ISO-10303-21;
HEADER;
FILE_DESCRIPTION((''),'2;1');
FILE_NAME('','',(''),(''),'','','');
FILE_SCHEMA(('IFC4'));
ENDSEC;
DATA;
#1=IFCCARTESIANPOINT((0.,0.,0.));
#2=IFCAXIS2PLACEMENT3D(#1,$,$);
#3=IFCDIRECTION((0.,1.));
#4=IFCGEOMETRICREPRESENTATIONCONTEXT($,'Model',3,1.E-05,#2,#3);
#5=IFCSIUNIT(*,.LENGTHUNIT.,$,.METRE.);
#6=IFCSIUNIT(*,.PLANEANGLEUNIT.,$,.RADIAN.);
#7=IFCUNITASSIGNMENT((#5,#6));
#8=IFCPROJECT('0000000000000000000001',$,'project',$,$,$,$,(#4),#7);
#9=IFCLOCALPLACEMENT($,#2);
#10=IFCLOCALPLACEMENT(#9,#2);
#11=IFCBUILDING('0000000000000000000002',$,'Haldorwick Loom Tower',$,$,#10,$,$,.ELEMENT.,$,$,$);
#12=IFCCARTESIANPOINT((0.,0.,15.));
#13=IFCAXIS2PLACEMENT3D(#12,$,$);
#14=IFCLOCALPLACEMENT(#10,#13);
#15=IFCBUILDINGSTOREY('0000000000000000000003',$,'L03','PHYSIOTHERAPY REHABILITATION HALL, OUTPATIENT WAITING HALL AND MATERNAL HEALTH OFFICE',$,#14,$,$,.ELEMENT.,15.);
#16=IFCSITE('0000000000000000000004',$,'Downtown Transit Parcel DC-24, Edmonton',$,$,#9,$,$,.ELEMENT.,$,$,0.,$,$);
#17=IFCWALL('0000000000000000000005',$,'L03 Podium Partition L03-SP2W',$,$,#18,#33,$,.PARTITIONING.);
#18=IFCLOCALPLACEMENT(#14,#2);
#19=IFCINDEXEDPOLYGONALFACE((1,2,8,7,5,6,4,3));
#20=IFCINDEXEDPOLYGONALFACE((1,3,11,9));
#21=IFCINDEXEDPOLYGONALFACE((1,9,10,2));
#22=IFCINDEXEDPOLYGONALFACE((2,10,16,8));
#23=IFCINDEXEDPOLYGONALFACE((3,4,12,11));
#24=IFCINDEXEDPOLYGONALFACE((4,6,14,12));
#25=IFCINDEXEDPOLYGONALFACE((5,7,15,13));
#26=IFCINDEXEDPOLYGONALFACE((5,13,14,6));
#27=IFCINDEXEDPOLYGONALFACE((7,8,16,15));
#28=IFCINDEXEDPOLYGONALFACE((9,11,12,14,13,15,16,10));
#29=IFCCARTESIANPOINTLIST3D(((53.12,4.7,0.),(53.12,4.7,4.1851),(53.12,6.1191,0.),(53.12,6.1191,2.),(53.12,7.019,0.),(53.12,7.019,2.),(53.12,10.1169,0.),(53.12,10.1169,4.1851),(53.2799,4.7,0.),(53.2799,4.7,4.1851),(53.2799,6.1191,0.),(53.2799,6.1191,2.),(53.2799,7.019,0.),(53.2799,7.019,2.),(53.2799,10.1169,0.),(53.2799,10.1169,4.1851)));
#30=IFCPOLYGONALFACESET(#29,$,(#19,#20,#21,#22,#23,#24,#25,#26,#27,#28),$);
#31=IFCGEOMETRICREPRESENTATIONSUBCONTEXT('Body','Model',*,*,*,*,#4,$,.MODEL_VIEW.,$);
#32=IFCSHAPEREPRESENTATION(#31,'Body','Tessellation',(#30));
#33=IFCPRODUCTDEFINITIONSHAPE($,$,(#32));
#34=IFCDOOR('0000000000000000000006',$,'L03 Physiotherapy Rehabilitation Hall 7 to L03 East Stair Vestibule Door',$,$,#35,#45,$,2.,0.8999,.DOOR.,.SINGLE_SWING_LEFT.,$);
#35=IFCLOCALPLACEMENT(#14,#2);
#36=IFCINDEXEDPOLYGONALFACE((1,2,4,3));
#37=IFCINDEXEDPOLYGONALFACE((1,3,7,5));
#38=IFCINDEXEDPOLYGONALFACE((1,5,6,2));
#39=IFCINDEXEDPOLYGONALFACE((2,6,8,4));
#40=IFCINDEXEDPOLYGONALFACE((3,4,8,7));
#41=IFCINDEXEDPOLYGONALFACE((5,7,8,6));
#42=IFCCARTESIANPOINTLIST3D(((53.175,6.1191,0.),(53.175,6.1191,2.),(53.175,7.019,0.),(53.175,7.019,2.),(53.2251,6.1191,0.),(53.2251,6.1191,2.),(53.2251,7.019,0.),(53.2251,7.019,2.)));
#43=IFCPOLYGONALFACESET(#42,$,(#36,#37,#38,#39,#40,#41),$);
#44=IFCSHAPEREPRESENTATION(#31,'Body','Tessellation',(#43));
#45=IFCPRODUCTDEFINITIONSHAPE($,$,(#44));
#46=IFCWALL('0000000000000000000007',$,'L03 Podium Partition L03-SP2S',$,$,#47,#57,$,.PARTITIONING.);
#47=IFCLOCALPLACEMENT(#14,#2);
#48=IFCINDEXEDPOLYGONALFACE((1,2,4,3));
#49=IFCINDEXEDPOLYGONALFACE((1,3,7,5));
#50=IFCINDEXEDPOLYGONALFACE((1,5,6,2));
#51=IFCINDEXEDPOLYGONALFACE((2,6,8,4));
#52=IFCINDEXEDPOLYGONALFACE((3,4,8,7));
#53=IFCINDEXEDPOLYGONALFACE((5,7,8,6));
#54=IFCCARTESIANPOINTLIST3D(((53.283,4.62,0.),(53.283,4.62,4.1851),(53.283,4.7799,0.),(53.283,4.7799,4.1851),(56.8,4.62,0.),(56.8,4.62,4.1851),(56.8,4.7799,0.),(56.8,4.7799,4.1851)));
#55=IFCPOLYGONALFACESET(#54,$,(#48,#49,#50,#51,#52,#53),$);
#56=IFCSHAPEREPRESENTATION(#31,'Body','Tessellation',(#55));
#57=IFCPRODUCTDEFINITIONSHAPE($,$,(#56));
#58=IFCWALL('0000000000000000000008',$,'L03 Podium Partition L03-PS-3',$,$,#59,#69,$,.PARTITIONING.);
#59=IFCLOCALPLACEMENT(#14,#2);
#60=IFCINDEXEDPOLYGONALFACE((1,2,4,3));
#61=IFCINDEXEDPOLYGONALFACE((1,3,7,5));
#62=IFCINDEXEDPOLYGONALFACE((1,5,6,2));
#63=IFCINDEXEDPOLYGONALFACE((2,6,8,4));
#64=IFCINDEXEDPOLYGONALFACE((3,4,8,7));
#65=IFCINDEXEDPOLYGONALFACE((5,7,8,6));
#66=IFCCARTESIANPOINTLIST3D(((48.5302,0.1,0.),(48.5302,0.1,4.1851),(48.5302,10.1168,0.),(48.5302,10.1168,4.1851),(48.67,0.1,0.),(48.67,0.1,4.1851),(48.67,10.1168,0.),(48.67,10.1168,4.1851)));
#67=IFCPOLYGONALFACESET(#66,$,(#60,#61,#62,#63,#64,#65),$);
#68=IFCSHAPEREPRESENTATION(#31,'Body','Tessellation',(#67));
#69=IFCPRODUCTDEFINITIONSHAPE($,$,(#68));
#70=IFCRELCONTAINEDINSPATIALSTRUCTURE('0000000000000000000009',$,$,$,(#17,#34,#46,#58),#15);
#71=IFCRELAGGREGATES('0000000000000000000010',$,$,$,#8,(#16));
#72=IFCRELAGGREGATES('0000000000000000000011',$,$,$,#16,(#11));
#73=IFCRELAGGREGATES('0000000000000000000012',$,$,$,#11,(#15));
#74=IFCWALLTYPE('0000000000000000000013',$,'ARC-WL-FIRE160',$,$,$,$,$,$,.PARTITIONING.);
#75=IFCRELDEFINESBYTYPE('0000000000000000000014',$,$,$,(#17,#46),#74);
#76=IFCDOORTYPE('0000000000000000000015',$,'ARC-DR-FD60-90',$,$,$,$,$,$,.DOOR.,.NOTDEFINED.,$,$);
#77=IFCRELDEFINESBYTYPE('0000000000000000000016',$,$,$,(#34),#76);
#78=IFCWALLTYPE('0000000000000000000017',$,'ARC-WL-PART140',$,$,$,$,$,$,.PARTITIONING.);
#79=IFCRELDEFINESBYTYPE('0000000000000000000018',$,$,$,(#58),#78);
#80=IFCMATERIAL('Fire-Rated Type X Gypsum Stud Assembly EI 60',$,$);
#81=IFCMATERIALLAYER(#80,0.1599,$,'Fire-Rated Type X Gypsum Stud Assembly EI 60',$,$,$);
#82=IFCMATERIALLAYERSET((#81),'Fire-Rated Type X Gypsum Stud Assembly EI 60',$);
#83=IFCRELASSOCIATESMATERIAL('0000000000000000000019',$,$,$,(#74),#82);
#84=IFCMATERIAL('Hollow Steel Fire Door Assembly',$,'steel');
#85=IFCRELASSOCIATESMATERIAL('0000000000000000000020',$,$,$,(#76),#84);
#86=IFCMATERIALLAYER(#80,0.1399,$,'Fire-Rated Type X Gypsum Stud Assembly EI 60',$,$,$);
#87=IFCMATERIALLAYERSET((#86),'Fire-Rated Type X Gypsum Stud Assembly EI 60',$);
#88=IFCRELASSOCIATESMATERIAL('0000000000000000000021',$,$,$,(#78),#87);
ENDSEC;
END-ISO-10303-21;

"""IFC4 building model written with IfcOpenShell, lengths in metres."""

from ifc_helpers import new_model, si_unit, direction, frame, frame_2d, origin, place, context, subcontext, project, spatial, rectangle, extrude, material, layer, layer_set, type_object, element, fill, save


model = new_model("IFC4")

# Units and contexts
model_context = context("Model", 3, precision=1e-05, world=origin(), true_north=direction((0.0, 1.0)))
body_context = subcontext(model_context, "Body", "Model", "MODEL_VIEW")
ifc_project = project(units=[si_unit("LENGTHUNIT", "METRE"), si_unit("PLANEANGLEUNIT", "RADIAN")], contexts=[model_context])

# Site, building, storey
site_placement = place(None, origin())
site = spatial("IfcSite", under=ifc_project, at=site_placement, Name="Downtown Transit Parcel DC-24, Edmonton", CompositionType="ELEMENT", RefElevation=0.0)
building_placement = place(site_placement, origin())
building = spatial("IfcBuilding", under=site, at=building_placement, Name="Haldorwick Loom Tower", CompositionType="ELEMENT")
storey_placement = place(building_placement, frame((0.0, 0.0, 15.0)))
storey = spatial("IfcBuildingStorey", under=building, at=storey_placement, Name="L03", Description="PHYSIOTHERAPY REHABILITATION HALL, OUTPATIENT WAITING HALL AND MATERNAL HEALTH OFFICE", CompositionType="ELEMENT", Elevation=15.0)

# Wall, opening, door
ifc_material_1 = material(Name="Fire-Rated Type X Gypsum Stud Assembly EI 60")
ifc_layer_1 = layer(ifc_material_1, 0.1599, Name="Fire-Rated Type X Gypsum Stud Assembly EI 60")
ifc_layer_set_1 = layer_set([ifc_layer_1], Name="Fire-Rated Type X Gypsum Stud Assembly EI 60")
wall_type_1 = type_object("IfcWallType", Name="ARC-WL-FIRE160", PredefinedType="PARTITIONING", material=ifc_layer_set_1)
wall_1_placement = place(storey_placement, frame((53.2, 4.7, 0.0), z_axis=(0.0, 0.0, 1.0), x_axis=(0.0, 1.0, 0.0)))
wall_1 = element("IfcWall", 1, at=wall_1_placement, inside=storey, type_object=wall_type_1, Name="L03 Podium Partition L03-SP2W", PredefinedType="PARTITIONING", context=body_context, shape_type="SweptSolid", body=[
    extrude(rectangle(XDim=5.417, YDim=0.1599, at=frame_2d((2.7085, 0.0))), origin(), (0.0, 0.0, 1.0), 4.1851),
])
opening_placement = place(wall_1_placement, frame((1.4192, 0.0, 0.0)))
opening = element("IfcOpeningElement", 2, at=opening_placement, cuts=wall_1, PredefinedType="OPENING", context=body_context, shape_type="SweptSolid", body=[
    extrude(rectangle(XDim=0.8999, YDim=2.0, at=frame_2d((0.45, 1.0))), frame((0.0, 0.0898, 0.0), z_axis=(0.0, -1.0, 0.0), x_axis=(1.0, 0.0, 0.0)), (0.0, 0.0, 1.0), 0.1799),
])
ifc_material_2 = material(Name="Hollow Steel Fire Door Assembly", Category="steel")
door_type = type_object("IfcDoorType", Name="ARC-DR-FD60-90", OperationType="NOTDEFINED", PredefinedType="DOOR", material=ifc_material_2)
door_placement = place(opening_placement, origin())
door = element("IfcDoor", 3, at=door_placement, inside=storey, type_object=door_type, Name="L03 Physiotherapy Rehabilitation Hall 7 to L03 East Stair Vestibule Door", OperationType="SINGLE_SWING_LEFT", OverallHeight=2.0, OverallWidth=0.8999, PredefinedType="DOOR", context=body_context, shape_type="SweptSolid", body=[
    extrude(rectangle(XDim=0.8999, YDim=2.0, at=frame_2d((0.45, 1.0))), frame((0.0, 0.0249, 0.0), z_axis=(0.0, -1.0, 0.0), x_axis=(1.0, 0.0, 0.0)), (0.0, 0.0, 1.0), 0.05),
])
fill(opening, door)

# Walls
wall_2_placement = place(storey_placement, frame((53.283, 4.7, 0.0), z_axis=(0.0, 0.0, 1.0), x_axis=(1.0, 0.0, 0.0)))
element("IfcWall", 4, at=wall_2_placement, inside=storey, type_object=wall_type_1, Name="L03 Podium Partition L03-SP2S", PredefinedType="PARTITIONING", context=body_context, shape_type="SweptSolid", body=[
    extrude(rectangle(XDim=3.5171, YDim=0.1599, at=frame_2d((1.7585, 0.0))), origin(), (0.0, 0.0, 1.0), 4.1851),
])
ifc_layer_2 = layer(ifc_material_1, 0.1399, Name="Fire-Rated Type X Gypsum Stud Assembly EI 60")
ifc_layer_set_2 = layer_set([ifc_layer_2], Name="Fire-Rated Type X Gypsum Stud Assembly EI 60")
wall_type_2 = type_object("IfcWallType", Name="ARC-WL-PART140", PredefinedType="PARTITIONING", material=ifc_layer_set_2)
wall_3_placement = place(storey_placement, frame((48.6001, 0.1001, 0.0), z_axis=(0.0, 0.0, 1.0), x_axis=(0.0, 1.0, 0.0)))
element("IfcWall", 5, at=wall_3_placement, inside=storey, type_object=wall_type_2, Name="L03 Podium Partition L03-PS-3", PredefinedType="PARTITIONING", context=body_context, shape_type="SweptSolid", body=[
    extrude(rectangle(XDim=10.0168, YDim=0.1399, at=frame_2d((5.0083, 0.0))), origin(), (0.0, 0.0, 1.0), 4.1851),
])

save(model, "model.ifc")
